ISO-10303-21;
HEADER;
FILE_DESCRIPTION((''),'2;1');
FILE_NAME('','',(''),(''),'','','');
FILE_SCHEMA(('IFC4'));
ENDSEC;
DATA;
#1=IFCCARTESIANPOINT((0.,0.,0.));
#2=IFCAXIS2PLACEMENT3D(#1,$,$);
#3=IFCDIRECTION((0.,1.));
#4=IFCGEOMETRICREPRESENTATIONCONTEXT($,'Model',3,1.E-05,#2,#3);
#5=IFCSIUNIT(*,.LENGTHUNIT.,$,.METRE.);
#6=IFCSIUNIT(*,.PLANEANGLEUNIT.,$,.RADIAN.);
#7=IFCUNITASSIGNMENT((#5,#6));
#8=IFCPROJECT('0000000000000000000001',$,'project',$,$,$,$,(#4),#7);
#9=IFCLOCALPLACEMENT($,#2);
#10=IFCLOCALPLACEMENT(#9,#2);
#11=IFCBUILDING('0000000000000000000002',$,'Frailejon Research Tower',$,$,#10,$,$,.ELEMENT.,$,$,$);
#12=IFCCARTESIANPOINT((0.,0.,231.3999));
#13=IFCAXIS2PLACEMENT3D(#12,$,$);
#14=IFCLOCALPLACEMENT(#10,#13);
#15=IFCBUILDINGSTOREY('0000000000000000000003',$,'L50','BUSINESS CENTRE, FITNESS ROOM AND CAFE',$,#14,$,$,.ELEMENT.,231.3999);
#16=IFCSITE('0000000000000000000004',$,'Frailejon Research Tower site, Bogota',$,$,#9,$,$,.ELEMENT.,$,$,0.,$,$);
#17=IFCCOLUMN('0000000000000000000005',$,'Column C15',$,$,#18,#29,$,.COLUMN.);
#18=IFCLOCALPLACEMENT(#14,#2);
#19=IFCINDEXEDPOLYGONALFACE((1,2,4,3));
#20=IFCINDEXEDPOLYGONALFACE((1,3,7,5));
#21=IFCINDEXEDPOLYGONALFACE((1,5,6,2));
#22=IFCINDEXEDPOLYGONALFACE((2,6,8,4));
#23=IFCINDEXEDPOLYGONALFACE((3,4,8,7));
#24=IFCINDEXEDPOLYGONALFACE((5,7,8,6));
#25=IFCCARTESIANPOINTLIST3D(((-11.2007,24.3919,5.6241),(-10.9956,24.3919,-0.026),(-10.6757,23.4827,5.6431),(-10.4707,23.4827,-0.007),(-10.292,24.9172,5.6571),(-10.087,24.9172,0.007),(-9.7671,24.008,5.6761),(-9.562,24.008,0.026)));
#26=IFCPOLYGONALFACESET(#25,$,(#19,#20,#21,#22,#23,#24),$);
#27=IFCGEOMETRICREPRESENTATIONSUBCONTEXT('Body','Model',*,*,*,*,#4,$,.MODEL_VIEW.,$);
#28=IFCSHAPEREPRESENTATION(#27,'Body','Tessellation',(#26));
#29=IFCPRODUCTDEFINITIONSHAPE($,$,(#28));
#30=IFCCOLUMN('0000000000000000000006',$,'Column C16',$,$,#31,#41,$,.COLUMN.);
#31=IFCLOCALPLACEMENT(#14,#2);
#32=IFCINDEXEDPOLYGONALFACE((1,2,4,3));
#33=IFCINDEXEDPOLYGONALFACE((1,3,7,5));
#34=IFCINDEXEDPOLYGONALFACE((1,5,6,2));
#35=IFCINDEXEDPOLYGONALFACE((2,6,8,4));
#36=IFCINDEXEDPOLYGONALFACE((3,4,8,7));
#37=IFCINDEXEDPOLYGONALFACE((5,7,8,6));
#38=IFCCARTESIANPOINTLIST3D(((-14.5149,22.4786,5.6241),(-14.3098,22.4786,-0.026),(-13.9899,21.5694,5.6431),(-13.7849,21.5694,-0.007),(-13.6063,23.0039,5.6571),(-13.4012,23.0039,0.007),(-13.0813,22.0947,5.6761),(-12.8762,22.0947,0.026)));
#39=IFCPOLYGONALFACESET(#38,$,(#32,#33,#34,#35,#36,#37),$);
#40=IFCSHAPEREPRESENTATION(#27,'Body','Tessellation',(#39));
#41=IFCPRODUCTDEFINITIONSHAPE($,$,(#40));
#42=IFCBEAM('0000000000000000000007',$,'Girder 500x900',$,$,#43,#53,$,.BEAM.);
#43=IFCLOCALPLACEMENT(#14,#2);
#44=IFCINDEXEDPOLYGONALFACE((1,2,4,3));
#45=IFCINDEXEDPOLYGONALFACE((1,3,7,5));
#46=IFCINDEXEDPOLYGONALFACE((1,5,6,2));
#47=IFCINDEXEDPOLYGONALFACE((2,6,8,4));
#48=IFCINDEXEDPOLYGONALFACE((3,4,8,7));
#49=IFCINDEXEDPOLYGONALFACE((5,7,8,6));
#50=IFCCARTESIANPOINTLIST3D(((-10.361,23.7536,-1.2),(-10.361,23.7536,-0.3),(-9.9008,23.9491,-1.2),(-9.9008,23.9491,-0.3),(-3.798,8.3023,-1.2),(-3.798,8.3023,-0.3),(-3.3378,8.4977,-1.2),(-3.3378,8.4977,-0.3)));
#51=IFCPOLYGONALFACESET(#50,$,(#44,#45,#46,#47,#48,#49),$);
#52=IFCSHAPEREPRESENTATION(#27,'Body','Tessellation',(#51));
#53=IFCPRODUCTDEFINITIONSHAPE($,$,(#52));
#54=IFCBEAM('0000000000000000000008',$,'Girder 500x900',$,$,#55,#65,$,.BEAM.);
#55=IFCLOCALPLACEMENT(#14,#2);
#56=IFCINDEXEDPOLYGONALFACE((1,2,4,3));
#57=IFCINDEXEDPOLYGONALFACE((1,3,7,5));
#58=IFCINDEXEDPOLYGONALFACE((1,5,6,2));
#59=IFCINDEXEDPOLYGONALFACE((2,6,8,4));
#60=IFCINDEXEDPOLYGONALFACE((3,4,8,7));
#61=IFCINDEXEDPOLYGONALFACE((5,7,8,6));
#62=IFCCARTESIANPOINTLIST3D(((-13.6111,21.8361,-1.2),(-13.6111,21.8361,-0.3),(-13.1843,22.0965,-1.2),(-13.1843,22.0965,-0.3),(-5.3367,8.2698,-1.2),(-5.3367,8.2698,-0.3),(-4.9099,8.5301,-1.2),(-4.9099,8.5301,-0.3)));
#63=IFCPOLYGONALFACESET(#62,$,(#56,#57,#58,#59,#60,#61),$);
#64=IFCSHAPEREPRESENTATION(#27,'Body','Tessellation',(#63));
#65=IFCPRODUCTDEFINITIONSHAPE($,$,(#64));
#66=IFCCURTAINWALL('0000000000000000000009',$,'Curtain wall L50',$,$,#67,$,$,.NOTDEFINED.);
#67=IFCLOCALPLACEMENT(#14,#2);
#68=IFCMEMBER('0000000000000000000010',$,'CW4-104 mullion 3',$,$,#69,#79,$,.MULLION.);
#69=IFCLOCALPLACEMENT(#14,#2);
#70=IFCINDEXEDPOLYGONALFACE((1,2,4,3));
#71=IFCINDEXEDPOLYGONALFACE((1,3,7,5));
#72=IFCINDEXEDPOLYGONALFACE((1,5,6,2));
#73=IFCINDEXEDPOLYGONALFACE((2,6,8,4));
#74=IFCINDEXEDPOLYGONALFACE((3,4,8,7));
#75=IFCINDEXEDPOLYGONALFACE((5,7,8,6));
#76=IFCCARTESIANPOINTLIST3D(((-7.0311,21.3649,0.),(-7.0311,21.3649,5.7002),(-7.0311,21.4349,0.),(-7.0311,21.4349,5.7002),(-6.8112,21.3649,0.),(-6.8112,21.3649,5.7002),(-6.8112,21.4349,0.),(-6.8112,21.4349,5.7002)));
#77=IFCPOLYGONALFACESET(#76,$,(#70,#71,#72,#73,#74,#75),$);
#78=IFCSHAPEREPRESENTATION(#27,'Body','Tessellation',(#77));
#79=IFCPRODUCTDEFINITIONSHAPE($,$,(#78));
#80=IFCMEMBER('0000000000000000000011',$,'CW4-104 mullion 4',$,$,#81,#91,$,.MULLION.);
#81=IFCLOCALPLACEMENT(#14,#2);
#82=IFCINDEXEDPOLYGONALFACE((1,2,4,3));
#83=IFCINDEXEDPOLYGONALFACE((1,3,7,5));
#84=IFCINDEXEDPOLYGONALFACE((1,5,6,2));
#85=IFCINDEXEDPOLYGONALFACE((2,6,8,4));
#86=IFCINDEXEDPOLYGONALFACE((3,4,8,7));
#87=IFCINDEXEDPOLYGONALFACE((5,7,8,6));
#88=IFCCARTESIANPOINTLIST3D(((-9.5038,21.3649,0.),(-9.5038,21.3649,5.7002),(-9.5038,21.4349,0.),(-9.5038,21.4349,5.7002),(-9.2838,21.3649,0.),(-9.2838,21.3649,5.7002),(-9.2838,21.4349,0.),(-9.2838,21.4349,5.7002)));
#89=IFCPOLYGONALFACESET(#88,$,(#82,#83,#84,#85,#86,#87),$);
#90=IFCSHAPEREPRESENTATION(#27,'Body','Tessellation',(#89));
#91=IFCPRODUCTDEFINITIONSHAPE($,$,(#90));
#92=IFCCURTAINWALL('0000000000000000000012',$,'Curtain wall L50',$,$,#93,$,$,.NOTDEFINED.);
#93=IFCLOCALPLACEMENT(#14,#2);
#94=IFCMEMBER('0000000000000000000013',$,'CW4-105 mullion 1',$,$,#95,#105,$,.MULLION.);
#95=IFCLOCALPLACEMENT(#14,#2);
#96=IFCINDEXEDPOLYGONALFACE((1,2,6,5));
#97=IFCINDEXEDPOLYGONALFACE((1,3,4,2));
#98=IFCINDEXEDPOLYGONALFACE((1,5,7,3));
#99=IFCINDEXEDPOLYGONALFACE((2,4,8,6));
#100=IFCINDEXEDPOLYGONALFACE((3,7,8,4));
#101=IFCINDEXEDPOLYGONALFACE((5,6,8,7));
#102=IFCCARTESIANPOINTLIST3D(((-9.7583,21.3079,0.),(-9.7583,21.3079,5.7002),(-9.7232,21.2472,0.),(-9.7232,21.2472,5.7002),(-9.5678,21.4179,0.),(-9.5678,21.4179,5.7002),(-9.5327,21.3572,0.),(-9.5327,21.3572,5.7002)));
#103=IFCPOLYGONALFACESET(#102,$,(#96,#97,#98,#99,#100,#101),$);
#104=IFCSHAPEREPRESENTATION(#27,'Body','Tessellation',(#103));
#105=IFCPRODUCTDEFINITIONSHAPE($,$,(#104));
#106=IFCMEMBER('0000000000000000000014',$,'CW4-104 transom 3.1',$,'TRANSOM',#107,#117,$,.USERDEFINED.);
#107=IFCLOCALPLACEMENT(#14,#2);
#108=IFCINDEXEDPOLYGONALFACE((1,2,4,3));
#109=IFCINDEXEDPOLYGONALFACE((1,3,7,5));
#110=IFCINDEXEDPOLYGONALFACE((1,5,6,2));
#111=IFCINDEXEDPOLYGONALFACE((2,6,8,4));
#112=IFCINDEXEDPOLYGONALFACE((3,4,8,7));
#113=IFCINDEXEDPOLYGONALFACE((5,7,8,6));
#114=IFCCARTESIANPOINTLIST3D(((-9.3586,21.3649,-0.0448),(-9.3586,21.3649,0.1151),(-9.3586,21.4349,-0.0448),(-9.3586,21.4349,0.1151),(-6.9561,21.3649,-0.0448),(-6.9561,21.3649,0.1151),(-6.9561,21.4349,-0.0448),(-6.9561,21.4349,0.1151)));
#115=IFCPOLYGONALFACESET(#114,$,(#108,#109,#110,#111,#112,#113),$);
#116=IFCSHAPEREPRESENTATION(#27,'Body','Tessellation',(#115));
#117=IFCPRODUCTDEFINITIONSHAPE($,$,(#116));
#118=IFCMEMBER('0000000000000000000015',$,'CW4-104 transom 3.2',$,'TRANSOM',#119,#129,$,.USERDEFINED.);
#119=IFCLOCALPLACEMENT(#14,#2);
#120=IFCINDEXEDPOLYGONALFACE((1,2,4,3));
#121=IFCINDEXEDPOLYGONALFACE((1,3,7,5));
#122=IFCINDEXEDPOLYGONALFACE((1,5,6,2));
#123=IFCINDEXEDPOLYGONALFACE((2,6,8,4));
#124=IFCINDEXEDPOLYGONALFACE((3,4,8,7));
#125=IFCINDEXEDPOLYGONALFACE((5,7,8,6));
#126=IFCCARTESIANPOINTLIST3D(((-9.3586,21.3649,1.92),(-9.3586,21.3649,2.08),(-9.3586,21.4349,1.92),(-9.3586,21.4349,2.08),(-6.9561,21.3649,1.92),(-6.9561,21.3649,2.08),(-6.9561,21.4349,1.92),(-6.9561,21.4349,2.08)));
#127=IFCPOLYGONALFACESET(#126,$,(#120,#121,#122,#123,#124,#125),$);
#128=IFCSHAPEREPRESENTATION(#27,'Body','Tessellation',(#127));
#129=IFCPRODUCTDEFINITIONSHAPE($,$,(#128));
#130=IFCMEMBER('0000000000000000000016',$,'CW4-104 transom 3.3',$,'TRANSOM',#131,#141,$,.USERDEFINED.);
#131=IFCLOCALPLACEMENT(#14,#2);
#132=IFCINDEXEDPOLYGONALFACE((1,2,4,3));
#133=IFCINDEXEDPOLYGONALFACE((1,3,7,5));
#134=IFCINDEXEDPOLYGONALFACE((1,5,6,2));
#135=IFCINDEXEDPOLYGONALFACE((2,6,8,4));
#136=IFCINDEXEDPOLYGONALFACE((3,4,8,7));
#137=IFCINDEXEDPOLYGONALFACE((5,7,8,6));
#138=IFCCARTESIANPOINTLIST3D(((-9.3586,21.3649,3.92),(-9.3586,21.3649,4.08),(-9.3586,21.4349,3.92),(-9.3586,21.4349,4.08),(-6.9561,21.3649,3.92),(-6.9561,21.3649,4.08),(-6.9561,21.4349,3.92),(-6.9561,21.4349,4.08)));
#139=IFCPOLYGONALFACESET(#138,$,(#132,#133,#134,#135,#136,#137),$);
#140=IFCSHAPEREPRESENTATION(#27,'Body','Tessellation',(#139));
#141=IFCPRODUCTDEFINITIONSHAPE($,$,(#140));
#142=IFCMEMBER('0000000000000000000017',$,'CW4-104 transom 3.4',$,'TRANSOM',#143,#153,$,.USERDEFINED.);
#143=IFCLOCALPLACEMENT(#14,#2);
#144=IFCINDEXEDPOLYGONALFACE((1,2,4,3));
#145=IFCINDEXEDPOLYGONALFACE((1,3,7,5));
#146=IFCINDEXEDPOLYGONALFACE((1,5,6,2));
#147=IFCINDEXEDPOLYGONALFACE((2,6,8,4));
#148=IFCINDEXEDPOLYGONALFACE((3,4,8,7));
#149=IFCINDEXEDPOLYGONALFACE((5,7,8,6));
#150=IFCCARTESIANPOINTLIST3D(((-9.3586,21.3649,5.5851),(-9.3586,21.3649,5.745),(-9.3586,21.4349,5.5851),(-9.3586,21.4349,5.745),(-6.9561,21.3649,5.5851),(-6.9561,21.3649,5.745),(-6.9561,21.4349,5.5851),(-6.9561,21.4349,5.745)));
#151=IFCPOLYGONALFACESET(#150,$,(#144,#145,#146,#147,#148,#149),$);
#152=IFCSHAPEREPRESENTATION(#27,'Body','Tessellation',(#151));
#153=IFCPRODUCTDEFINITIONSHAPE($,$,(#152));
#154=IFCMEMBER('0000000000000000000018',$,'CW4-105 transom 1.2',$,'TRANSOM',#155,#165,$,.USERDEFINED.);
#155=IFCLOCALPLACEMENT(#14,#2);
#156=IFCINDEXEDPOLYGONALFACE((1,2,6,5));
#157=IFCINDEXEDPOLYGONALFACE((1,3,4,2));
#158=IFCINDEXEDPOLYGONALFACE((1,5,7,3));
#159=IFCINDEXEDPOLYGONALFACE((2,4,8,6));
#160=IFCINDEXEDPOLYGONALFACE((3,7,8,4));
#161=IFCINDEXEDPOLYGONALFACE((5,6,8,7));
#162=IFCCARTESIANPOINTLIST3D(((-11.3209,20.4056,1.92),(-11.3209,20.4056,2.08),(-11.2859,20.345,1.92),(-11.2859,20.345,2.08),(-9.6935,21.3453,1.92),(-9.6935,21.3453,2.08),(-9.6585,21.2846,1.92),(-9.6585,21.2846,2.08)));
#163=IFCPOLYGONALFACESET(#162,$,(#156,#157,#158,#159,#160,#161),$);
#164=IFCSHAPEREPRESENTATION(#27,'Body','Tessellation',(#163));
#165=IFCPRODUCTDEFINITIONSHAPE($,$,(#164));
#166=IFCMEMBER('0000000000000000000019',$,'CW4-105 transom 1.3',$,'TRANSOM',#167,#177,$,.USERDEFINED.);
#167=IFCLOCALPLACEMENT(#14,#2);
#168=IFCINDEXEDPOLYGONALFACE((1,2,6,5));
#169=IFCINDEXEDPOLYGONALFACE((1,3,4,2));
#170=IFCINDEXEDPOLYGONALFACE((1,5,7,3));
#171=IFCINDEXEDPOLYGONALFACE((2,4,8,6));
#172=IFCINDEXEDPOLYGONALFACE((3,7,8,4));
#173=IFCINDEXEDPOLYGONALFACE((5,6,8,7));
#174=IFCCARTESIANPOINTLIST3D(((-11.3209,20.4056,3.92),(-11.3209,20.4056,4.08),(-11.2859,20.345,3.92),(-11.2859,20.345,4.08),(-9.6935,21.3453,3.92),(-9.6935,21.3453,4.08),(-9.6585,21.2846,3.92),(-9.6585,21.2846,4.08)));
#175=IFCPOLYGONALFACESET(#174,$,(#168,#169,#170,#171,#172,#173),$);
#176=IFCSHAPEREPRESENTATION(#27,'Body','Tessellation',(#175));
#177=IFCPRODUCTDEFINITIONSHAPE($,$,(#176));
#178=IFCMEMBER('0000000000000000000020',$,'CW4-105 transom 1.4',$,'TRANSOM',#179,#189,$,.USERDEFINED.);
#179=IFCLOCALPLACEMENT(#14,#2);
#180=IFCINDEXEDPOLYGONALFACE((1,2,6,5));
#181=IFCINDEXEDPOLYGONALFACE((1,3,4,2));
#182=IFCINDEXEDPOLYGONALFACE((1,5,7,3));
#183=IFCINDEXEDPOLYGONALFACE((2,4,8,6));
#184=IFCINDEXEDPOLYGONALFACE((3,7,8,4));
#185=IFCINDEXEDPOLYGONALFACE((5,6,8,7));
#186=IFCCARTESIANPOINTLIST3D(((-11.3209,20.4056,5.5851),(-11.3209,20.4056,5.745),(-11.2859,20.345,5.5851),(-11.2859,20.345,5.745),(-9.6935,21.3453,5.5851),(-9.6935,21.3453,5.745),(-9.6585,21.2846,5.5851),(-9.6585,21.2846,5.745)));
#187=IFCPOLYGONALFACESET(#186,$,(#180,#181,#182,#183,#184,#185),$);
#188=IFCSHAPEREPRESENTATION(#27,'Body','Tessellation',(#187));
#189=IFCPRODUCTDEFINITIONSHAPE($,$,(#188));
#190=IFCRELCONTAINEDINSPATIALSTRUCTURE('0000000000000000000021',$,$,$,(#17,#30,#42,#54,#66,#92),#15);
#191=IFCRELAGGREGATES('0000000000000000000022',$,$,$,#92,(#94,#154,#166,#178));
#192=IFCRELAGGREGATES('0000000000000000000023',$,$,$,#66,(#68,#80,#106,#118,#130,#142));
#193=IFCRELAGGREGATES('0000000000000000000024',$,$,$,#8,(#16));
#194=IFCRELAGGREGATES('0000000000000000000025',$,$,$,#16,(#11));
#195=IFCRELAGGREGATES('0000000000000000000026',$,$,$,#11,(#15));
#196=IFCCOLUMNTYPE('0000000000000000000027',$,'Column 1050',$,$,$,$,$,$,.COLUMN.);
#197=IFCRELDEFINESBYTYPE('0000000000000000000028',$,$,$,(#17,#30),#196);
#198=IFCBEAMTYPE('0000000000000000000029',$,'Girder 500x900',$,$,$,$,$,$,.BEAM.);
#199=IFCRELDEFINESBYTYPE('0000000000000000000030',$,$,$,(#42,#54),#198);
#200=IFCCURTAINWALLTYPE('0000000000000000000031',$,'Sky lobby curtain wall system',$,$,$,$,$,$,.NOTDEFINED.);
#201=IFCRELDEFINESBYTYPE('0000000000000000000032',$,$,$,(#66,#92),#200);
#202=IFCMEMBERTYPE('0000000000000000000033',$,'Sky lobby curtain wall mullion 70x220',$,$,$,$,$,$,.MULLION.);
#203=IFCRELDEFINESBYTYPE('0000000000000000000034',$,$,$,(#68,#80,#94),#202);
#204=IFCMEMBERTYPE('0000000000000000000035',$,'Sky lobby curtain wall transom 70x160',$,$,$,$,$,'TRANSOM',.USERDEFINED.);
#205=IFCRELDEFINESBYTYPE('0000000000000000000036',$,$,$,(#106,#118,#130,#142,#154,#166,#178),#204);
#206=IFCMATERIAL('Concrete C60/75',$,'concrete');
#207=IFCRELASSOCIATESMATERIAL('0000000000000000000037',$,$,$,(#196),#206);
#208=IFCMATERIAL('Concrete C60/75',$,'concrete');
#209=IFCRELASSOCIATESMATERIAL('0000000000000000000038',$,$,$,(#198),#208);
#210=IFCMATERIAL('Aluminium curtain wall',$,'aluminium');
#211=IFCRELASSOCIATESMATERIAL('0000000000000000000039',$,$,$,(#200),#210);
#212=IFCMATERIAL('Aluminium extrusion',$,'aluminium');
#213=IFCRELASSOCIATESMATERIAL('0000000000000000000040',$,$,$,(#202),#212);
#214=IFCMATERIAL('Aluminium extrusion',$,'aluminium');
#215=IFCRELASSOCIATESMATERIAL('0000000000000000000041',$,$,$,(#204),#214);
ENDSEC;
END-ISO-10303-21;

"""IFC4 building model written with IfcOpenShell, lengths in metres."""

from ifc_helpers import new_model, si_unit, direction, frame, origin, origin_2d, place, context, subcontext, project, spatial, rectangle, extrude, material, material_profile, profile_set, type_object, element, aggregate, save


model = new_model("IFC4")

# Units and contexts
model_context = context("Model", 3, precision=1e-05, world=origin(), true_north=direction((0.0, 1.0)))
body_context = subcontext(model_context, "Body", "Model", "MODEL_VIEW")
ifc_project = project(units=[si_unit("LENGTHUNIT", "METRE"), si_unit("PLANEANGLEUNIT", "RADIAN")], contexts=[model_context])

# Site, building, storey
site_placement = place(None, origin())
site = spatial("IfcSite", under=ifc_project, at=site_placement, Name="Frailejon Research Tower site, Bogota", CompositionType="ELEMENT", RefElevation=0.0)
building_placement = place(site_placement, origin())
building = spatial("IfcBuilding", under=site, at=building_placement, Name="Frailejon Research Tower", CompositionType="ELEMENT")
storey_placement = place(building_placement, frame((0.0, 0.0, 231.3999)))
storey = spatial("IfcBuildingStorey", under=building, at=storey_placement, Name="L50", Description="BUSINESS CENTRE, FITNESS ROOM AND CAFE", CompositionType="ELEMENT", Elevation=231.3999)

# Columns
ifc_material_1 = material(Name="Concrete C60/75", Category="concrete")
ifc_material_profile_1 = material_profile(ifc_material_1, rectangle(XDim=1.05, YDim=1.05, at=origin_2d()), Name="Column 1050")
ifc_profile_set_1 = profile_set([ifc_material_profile_1], Name="Concrete C60/75")
column_type = type_object("IfcColumnType", Name="Column 1050", PredefinedType="COLUMN", material=ifc_profile_set_1)
for number, where, z_axis, x_axis, name in (
    (1, (-10.2788, 24.2, 0.0), (-0.036272, 0.0, 0.999342), (-0.865313, -0.500246, -0.031407), "Column C15"),
    (2, (-13.593, 22.2866, 0.0), (-0.036272, 0.0, 0.999342), (-0.865313, -0.500246, -0.031407), "Column C16"),
):
    element("IfcColumn", number, at=place(storey_placement, frame(where, z_axis=z_axis, x_axis=x_axis)), inside=storey, type_object=column_type, Name=name, PredefinedType="COLUMN", context=body_context, shape_type="SweptSolid", body=[
        extrude(rectangle(XDim=1.05, YDim=1.05, at=origin_2d()), origin(), (0.0, 0.0, 1.0), 5.6538),
    ])

# Beams
ifc_material_2 = material(Name="Concrete C60/75", Category="concrete")
ifc_material_profile_2 = material_profile(ifc_material_2, rectangle(XDim=0.5, YDim=0.8999, at=origin_2d()), Name="Girder 500x900")
ifc_profile_set_2 = profile_set([ifc_material_profile_2], Name="Concrete C60/75")
beam_type_1 = type_object("IfcBeamType", Name="Girder 500x900", PredefinedType="BEAM", material=ifc_profile_set_2)
beam_1_placement = place(storey_placement, frame((-10.1309, 23.8513, -0.75), z_axis=(0.390946, -0.920414, 0.0), x_axis=(0.920414, 0.390946, 0.0)))
element("IfcBeam", 3, at=beam_1_placement, inside=storey, type_object=beam_type_1, Name="Girder 500x900", PredefinedType="BEAM", context=body_context, shape_type="SweptSolid", body=[
    extrude(rectangle(XDim=0.5, YDim=0.8999, at=origin_2d()), origin(), (0.0, 0.0, 1.0), 16.7874),
])
beam_2_placement = place(storey_placement, frame((-13.3977, 21.9663, -0.75), z_axis=(0.520709, -0.853734, 0.0), x_axis=(0.853734, 0.520709, 0.0)))
element("IfcBeam", 4, at=beam_2_placement, inside=storey, type_object=beam_type_1, Name="Girder 500x900", PredefinedType="BEAM", context=body_context, shape_type="SweptSolid", body=[
    extrude(rectangle(XDim=0.5, YDim=0.8999, at=origin_2d()), origin(), (0.0, 0.0, 1.0), 15.8906),
])

# Curtain wall, members
ifc_material_3 = material(Name="Aluminium curtain wall", Category="aluminium")
curtain_wall_type = type_object("IfcCurtainWallType", Name="Sky lobby curtain wall system", PredefinedType="NOTDEFINED", material=ifc_material_3)
curtain_wall_1_placement = place(storey_placement, origin())
curtain_wall_1 = element("IfcCurtainWall", 5, at=curtain_wall_1_placement, inside=storey, type_object=curtain_wall_type, Name="Curtain wall L50", PredefinedType="NOTDEFINED")
ifc_material_4 = material(Name="Aluminium extrusion", Category="aluminium")
ifc_material_profile_3 = material_profile(ifc_material_4, rectangle(XDim=0.0701, YDim=0.22, at=origin_2d()), Name="Sky lobby curtain wall mullion 70x220")
ifc_profile_set_3 = profile_set([ifc_material_profile_3], Name="Aluminium extrusion")
member_type_1 = type_object("IfcMemberType", Name="Sky lobby curtain wall mullion 70x220", PredefinedType="MULLION", material=ifc_profile_set_3)
member_1_placement = place(storey_placement, frame((-6.9211, 21.3999, 0.0), z_axis=(0.0, 0.0, 1.0), x_axis=(0.0, -1.0, 0.0)))
member_1 = element("IfcMember", 6, at=member_1_placement, type_object=member_type_1, Name="CW4-104 mullion 3", PredefinedType="MULLION", context=body_context, shape_type="SweptSolid", body=[
    extrude(rectangle(XDim=0.0701, YDim=0.22, at=origin_2d()), origin(), (0.0, 0.0, 1.0), 5.7002),
])
member_2_placement = place(storey_placement, frame((-9.3938, 21.3999, 0.0), z_axis=(0.0, 0.0, 1.0), x_axis=(0.0, -1.0, 0.0)))
member_2 = element("IfcMember", 7, at=member_2_placement, type_object=member_type_1, Name="CW4-104 mullion 4", PredefinedType="MULLION", context=body_context, shape_type="SweptSolid", body=[
    extrude(rectangle(XDim=0.0701, YDim=0.22, at=origin_2d()), origin(), (0.0, 0.0, 1.0), 5.7002),
])

# Curtain wall, member
curtain_wall_2_placement = place(storey_placement, origin())
curtain_wall_2 = element("IfcCurtainWall", 8, at=curtain_wall_2_placement, inside=storey, type_object=curtain_wall_type, Name="Curtain wall L50", PredefinedType="NOTDEFINED")
member_3_placement = place(storey_placement, frame((-9.6455, 21.3325, 0.0), z_axis=(0.0, 0.0, 1.0), x_axis=(0.500011, -0.866019, 0.0)))
member_3 = element("IfcMember", 9, at=member_3_placement, type_object=member_type_1, Name="CW4-105 mullion 1", PredefinedType="MULLION", context=body_context, shape_type="SweptSolid", body=[
    extrude(rectangle(XDim=0.0701, YDim=0.22, at=origin_2d()), origin(), (0.0, 0.0, 1.0), 5.7002),
])

# Members
ifc_material_5 = material(Name="Aluminium extrusion", Category="aluminium")
ifc_material_profile_4 = material_profile(ifc_material_5, rectangle(XDim=0.0701, YDim=0.1599, at=origin_2d()), Name="Sky lobby curtain wall transom 70x160")
ifc_profile_set_4 = profile_set([ifc_material_profile_4], Name="Aluminium extrusion")
member_type_2 = type_object("IfcMemberType", Name="Sky lobby curtain wall transom 70x160", ElementType="TRANSOM", PredefinedType="USERDEFINED", material=ifc_profile_set_4)
member_4_placement = place(storey_placement, frame((-6.9561, 21.3999, 0.0352), z_axis=(-1.0, 0.0, 0.0), x_axis=(0.0, -1.0, 0.0)))
member_4 = element("IfcMember", 10, at=member_4_placement, type_object=member_type_2, Name="CW4-104 transom 3.1", ObjectType="TRANSOM", PredefinedType="USERDEFINED", context=body_context, shape_type="SweptSolid", body=[
    extrude(rectangle(XDim=0.0701, YDim=0.1599, at=origin_2d()), origin(), (0.0, 0.0, 1.0), 2.4026),
])
member_5_placement = place(storey_placement, frame((-6.9561, 21.3999, 2.0), z_axis=(-1.0, 0.0, 0.0), x_axis=(0.0, -1.0, 0.0)))
member_5 = element("IfcMember", 11, at=member_5_placement, type_object=member_type_2, Name="CW4-104 transom 3.2", ObjectType="TRANSOM", PredefinedType="USERDEFINED", context=body_context, shape_type="SweptSolid", body=[
    extrude(rectangle(XDim=0.0701, YDim=0.1599, at=origin_2d()), origin(), (0.0, 0.0, 1.0), 2.4026),
])
member_6_placement = place(storey_placement, frame((-6.9561, 21.3999, 4.0), z_axis=(-1.0, 0.0, 0.0), x_axis=(0.0, -1.0, 0.0)))
member_6 = element("IfcMember", 12, at=member_6_placement, type_object=member_type_2, Name="CW4-104 transom 3.3", ObjectType="TRANSOM", PredefinedType="USERDEFINED", context=body_context, shape_type="SweptSolid", body=[
    extrude(rectangle(XDim=0.0701, YDim=0.1599, at=origin_2d()), origin(), (0.0, 0.0, 1.0), 2.4026),
])
member_7_placement = place(storey_placement, frame((-6.9561, 21.3999, 5.665), z_axis=(-1.0, 0.0, 0.0), x_axis=(0.0, -1.0, 0.0)))
member_7 = element("IfcMember", 13, at=member_7_placement, type_object=member_type_2, Name="CW4-104 transom 3.4", ObjectType="TRANSOM", PredefinedType="USERDEFINED", context=body_context, shape_type="SweptSolid", body=[
    extrude(rectangle(XDim=0.0701, YDim=0.1599, at=origin_2d()), origin(), (0.0, 0.0, 1.0), 2.4026),
])
member_8_placement = place(storey_placement, frame((-9.676, 21.3149, 2.0), z_axis=(-0.866004, -0.500037, 0.0), x_axis=(0.500037, -0.866004, 0.0)))
member_8 = element("IfcMember", 14, at=member_8_placement, type_object=member_type_2, Name="CW4-105 transom 1.2", ObjectType="TRANSOM", PredefinedType="USERDEFINED", context=body_context, shape_type="SweptSolid", body=[
    extrude(rectangle(XDim=0.0701, YDim=0.1599, at=origin_2d()), origin(), (0.0, 0.0, 1.0), 1.8792),
])
member_9_placement = place(storey_placement, frame((-9.676, 21.3149, 4.0), z_axis=(-0.866004, -0.500037, 0.0), x_axis=(0.500037, -0.866004, 0.0)))
member_9 = element("IfcMember", 15, at=member_9_placement, type_object=member_type_2, Name="CW4-105 transom 1.3", ObjectType="TRANSOM", PredefinedType="USERDEFINED", context=body_context, shape_type="SweptSolid", body=[
    extrude(rectangle(XDim=0.0701, YDim=0.1599, at=origin_2d()), origin(), (0.0, 0.0, 1.0), 1.8792),
])
member_10_placement = place(storey_placement, frame((-9.676, 21.3149, 5.665), z_axis=(-0.866004, -0.500037, 0.0), x_axis=(0.500037, -0.866004, 0.0)))
member_10 = element("IfcMember", 16, at=member_10_placement, type_object=member_type_2, Name="CW4-105 transom 1.4", ObjectType="TRANSOM", PredefinedType="USERDEFINED", context=body_context, shape_type="SweptSolid", body=[
    extrude(rectangle(XDim=0.0701, YDim=0.1599, at=origin_2d()), origin(), (0.0, 0.0, 1.0), 1.8792),
])
aggregate(curtain_wall_2, [member_3, member_8, member_9, member_10])

aggregate(curtain_wall_1, [member_1, member_2, member_4, member_5, member_6, member_7])

save(model, "model.ifc")
